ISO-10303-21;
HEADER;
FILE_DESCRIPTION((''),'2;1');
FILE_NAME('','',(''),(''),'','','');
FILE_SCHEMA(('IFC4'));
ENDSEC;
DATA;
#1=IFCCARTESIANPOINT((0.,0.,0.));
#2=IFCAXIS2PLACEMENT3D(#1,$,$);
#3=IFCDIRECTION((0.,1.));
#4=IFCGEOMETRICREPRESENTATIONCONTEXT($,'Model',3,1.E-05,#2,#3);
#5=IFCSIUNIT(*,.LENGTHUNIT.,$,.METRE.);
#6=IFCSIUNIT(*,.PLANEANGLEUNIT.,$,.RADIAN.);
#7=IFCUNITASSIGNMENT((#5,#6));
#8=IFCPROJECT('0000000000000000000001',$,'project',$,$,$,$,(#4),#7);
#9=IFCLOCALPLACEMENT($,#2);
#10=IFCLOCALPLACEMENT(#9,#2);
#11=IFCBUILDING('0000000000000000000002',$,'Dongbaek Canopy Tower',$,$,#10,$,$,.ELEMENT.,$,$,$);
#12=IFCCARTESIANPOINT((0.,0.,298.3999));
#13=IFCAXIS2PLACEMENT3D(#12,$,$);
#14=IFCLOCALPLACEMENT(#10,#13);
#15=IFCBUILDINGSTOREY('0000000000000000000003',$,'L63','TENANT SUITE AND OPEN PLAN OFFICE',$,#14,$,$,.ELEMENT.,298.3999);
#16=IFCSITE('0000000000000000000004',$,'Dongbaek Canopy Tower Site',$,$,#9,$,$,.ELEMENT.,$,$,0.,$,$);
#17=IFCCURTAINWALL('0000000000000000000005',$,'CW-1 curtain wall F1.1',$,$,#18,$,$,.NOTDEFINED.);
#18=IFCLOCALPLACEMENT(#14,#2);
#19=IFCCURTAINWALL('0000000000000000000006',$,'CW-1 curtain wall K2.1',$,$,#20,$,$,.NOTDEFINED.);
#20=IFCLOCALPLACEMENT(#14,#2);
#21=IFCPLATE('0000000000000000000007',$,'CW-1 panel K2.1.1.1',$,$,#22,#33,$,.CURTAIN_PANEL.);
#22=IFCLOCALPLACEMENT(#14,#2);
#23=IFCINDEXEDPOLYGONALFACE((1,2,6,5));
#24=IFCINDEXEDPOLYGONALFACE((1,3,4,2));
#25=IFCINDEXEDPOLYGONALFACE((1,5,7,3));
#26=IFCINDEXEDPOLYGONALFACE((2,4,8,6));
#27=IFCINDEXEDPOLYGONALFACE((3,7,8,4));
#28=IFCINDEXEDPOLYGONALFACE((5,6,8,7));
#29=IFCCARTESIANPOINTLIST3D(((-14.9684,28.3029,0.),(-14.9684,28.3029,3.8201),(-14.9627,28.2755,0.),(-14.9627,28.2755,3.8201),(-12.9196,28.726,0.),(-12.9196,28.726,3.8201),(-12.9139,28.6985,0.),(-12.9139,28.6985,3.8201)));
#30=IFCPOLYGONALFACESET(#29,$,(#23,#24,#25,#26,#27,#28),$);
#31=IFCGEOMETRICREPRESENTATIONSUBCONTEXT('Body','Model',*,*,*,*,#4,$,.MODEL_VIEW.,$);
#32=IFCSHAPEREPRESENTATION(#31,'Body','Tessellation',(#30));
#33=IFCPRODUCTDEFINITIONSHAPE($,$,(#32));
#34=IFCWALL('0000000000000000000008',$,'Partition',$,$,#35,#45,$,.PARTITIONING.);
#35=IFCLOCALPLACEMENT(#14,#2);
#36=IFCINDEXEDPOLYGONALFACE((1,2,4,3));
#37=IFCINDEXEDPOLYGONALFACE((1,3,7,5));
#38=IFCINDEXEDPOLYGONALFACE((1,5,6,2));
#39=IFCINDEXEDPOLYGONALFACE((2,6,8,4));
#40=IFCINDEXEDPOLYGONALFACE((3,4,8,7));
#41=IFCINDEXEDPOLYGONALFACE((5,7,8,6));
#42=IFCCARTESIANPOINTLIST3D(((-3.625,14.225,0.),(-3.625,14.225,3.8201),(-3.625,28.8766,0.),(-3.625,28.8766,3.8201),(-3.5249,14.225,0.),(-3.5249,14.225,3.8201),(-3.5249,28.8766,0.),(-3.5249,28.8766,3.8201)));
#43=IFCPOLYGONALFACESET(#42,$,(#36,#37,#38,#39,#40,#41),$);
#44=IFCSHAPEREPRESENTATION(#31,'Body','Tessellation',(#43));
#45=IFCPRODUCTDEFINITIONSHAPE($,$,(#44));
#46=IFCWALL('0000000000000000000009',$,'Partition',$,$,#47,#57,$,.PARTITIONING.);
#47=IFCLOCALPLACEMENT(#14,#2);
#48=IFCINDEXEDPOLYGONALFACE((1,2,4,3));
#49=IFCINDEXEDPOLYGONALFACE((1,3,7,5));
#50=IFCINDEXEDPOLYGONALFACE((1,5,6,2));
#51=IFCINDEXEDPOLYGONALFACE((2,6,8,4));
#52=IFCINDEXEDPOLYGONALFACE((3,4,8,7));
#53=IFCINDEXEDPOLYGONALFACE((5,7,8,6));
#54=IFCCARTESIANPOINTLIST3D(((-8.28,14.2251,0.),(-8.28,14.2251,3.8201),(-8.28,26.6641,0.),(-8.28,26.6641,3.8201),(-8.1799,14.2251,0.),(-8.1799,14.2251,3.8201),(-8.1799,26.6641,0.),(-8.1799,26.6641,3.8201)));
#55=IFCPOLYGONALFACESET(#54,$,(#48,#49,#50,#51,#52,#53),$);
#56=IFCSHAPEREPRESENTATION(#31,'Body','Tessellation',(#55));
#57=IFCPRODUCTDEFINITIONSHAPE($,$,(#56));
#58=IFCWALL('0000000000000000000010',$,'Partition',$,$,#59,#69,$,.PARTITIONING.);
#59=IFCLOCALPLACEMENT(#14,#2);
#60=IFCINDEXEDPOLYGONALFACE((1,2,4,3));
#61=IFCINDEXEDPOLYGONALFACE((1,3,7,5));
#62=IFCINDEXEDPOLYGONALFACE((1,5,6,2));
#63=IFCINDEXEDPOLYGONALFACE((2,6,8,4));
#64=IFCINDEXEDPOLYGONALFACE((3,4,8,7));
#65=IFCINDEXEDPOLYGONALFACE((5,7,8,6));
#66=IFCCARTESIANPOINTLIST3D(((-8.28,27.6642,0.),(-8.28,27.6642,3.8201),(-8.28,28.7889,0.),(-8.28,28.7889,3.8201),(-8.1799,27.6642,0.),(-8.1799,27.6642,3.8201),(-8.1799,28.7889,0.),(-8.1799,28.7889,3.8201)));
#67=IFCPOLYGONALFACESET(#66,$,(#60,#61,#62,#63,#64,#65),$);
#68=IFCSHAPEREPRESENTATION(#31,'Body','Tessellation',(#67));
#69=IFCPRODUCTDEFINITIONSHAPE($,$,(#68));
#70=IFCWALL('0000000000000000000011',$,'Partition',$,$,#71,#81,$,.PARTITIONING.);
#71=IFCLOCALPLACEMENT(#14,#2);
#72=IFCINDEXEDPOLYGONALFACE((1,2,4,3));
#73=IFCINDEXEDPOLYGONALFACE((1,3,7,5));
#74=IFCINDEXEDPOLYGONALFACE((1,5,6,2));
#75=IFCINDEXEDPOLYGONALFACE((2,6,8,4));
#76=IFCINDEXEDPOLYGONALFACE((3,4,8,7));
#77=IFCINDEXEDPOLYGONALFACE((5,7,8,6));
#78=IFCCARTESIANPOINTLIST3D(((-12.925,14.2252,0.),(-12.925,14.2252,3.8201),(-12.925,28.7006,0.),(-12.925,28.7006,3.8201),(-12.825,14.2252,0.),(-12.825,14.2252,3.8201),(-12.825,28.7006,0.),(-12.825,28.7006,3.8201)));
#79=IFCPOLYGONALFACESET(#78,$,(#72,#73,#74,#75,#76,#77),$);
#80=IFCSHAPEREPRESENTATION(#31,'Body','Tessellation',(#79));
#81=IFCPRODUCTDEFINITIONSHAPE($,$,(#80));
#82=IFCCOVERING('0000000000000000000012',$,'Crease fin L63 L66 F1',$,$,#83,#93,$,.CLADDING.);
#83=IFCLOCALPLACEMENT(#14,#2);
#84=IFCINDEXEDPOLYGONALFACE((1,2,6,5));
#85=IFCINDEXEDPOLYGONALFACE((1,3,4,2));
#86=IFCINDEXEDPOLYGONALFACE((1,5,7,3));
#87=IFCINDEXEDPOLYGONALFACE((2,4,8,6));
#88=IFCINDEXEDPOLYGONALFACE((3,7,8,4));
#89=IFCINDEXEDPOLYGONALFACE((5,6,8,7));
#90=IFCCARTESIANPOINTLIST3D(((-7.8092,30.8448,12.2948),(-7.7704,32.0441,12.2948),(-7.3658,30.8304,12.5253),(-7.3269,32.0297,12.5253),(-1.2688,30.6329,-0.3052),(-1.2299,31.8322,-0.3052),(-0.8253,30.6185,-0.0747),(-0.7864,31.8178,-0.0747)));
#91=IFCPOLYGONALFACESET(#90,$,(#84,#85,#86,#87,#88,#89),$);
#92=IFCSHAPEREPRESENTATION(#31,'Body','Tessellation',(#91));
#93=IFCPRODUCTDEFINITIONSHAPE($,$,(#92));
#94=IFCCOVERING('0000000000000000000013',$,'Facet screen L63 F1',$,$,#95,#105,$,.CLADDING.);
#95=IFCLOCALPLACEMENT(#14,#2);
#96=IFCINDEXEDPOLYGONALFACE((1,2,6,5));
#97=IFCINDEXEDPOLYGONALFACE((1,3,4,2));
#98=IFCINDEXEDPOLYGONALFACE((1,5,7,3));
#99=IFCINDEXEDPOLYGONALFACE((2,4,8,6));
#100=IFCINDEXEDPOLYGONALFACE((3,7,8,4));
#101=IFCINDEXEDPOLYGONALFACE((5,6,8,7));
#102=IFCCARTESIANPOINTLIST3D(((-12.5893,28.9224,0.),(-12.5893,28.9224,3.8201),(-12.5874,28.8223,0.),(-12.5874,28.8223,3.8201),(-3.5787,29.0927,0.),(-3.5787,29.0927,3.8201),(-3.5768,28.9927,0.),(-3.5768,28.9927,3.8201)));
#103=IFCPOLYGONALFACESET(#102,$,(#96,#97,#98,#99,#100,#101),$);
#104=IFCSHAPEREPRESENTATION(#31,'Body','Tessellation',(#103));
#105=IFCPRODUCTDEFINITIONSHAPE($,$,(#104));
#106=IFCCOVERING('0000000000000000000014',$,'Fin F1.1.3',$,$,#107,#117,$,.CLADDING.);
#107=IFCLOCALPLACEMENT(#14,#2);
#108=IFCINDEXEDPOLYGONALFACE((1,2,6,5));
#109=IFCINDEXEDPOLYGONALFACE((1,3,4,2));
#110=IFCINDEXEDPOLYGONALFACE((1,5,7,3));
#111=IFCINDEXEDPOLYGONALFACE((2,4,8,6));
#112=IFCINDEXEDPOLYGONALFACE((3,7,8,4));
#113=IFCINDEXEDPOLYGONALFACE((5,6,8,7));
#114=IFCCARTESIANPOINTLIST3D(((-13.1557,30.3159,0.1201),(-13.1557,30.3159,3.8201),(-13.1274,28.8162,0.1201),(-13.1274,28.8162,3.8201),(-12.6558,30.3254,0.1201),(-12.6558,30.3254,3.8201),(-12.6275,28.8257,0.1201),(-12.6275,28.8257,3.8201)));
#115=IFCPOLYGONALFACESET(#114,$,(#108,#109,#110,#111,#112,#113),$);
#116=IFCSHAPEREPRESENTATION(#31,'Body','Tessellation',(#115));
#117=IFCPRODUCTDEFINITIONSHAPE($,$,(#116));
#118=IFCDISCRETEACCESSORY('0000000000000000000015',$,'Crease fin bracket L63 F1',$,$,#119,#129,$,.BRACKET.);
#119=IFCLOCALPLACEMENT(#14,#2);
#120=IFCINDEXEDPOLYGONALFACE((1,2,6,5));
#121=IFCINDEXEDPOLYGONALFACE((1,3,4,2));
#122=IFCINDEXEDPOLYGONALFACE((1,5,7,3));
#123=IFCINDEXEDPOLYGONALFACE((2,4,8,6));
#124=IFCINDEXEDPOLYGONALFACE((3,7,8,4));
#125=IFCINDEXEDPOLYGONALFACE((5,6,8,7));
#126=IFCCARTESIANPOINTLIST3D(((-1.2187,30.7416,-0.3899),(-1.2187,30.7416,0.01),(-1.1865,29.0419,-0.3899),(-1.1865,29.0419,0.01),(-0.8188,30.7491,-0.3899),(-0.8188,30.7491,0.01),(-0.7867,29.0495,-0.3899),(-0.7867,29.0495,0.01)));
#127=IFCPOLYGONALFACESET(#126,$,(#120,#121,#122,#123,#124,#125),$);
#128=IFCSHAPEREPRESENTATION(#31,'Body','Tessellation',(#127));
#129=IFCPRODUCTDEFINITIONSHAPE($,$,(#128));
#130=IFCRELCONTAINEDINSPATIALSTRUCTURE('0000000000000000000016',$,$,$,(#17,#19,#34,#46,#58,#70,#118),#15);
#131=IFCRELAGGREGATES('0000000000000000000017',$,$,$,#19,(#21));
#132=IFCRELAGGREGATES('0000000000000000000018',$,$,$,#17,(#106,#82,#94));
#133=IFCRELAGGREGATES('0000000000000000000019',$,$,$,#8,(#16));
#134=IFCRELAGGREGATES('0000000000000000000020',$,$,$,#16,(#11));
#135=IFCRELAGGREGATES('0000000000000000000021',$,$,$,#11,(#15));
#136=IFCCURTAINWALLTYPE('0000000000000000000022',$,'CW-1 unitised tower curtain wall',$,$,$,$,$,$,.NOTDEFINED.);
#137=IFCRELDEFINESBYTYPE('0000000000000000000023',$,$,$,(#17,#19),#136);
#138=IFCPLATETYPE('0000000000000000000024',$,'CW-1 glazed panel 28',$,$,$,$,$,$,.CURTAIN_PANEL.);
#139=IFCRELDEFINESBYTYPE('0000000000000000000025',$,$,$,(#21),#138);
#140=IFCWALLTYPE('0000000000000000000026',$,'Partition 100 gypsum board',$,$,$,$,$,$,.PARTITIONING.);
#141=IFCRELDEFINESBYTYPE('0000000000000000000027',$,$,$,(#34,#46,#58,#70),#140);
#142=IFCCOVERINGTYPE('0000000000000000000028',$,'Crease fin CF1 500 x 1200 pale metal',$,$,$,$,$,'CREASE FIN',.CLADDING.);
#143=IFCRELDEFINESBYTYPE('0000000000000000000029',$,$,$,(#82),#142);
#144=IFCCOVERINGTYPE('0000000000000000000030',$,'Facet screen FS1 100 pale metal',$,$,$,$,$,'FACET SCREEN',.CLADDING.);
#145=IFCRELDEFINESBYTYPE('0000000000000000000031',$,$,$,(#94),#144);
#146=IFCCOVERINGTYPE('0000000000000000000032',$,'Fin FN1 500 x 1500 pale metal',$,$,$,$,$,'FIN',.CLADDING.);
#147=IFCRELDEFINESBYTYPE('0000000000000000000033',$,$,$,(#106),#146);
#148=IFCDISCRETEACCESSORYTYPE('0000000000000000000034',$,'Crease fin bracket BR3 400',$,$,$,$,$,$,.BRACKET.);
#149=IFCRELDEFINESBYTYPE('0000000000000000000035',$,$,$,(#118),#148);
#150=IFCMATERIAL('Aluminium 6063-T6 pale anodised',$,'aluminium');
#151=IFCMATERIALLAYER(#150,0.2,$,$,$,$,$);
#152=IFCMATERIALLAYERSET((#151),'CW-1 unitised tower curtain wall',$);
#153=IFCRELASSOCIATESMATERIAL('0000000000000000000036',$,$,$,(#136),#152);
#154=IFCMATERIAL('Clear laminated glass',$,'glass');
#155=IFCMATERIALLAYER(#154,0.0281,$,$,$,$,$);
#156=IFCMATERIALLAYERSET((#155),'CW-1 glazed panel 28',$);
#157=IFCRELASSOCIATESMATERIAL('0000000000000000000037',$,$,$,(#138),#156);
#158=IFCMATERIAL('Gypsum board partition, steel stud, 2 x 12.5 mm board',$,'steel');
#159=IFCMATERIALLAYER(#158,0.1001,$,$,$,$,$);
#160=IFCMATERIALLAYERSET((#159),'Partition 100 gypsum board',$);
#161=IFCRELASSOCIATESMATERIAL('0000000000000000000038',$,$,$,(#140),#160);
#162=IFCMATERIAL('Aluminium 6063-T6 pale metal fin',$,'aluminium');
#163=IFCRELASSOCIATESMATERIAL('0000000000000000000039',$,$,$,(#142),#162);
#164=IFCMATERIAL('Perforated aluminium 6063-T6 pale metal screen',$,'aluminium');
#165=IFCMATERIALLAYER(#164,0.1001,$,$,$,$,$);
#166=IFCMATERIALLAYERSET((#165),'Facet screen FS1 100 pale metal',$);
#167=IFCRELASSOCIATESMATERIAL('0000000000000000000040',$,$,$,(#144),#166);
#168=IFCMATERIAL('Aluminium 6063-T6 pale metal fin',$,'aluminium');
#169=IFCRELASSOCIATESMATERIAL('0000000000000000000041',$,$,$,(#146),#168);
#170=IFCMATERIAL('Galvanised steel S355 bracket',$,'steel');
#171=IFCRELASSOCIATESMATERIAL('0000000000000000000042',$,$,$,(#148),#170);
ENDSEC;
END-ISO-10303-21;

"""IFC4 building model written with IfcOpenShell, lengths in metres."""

from ifc_helpers import new_model, si_unit, direction, frame, frame_2d, origin, origin_2d, place, context, subcontext, project, spatial, rectangle, extrude, material, layer, layer_set, material_profile, profile_set, type_object, element, aggregate, save


model = new_model("IFC4")

# Units and contexts
model_context = context("Model", 3, precision=1e-05, world=origin(), true_north=direction((0.0, 1.0)))
body_context = subcontext(model_context, "Body", "Model", "MODEL_VIEW")
ifc_project = project(units=[si_unit("LENGTHUNIT", "METRE"), si_unit("PLANEANGLEUNIT", "RADIAN")], contexts=[model_context])

# Site, building, storey
site_placement = place(None, origin())
site = spatial("IfcSite", under=ifc_project, at=site_placement, Name="Dongbaek Canopy Tower Site", CompositionType="ELEMENT", RefElevation=0.0)
building_placement = place(site_placement, origin())
building = spatial("IfcBuilding", under=site, at=building_placement, Name="Dongbaek Canopy Tower", CompositionType="ELEMENT")
storey_placement = place(building_placement, frame((0.0, 0.0, 298.3999)))
storey = spatial("IfcBuildingStorey", under=building, at=storey_placement, Name="L63", Description="TENANT SUITE AND OPEN PLAN OFFICE", CompositionType="ELEMENT", Elevation=298.3999)

# Curtain wall
ifc_material_1 = material(Name="Aluminium 6063-T6 pale anodised", Category="aluminium")
ifc_layer_1 = layer(ifc_material_1, 0.2)
ifc_layer_set_1 = layer_set([ifc_layer_1], Name="CW-1 unitised tower curtain wall")
curtain_wall_type = type_object("IfcCurtainWallType", Name="CW-1 unitised tower curtain wall", PredefinedType="NOTDEFINED", material=ifc_layer_set_1)
curtain_wall_1_placement = place(storey_placement, origin())
curtain_wall_1 = element("IfcCurtainWall", 1, at=curtain_wall_1_placement, inside=storey, type_object=curtain_wall_type, Name="CW-1 curtain wall F1.1", PredefinedType="NOTDEFINED")

# Curtain wall
curtain_wall_2_placement = place(storey_placement, origin())
curtain_wall_2 = element("IfcCurtainWall", 2, at=curtain_wall_2_placement, inside=storey, type_object=curtain_wall_type, Name="CW-1 curtain wall K2.1", PredefinedType="NOTDEFINED")

# Plate
ifc_material_2 = material(Name="Clear laminated glass", Category="glass")
ifc_layer_2 = layer(ifc_material_2, 0.0281)
ifc_layer_set_2 = layer_set([ifc_layer_2], Name="CW-1 glazed panel 28")
plate_type = type_object("IfcPlateType", Name="CW-1 glazed panel 28", PredefinedType="CURTAIN_PANEL", material=ifc_layer_set_2)
plate_1_placement = place(storey_placement, frame((-13.9412, 28.5007, 0.0), z_axis=(0.0, 0.0, 1.0), x_axis=(-0.979339, -0.202226, 0.0)))
plate_1 = element("IfcPlate", 3, at=plate_1_placement, type_object=plate_type, Name="CW-1 panel K2.1.1.1", PredefinedType="CURTAIN_PANEL", context=body_context, shape_type="SweptSolid", body=[
    extrude(rectangle(XDim=2.092, YDim=0.0281, at=origin_2d()), origin(), (0.0, 0.0, 1.0), 3.8201),
])
aggregate(curtain_wall_2, [plate_1])

# Walls
ifc_material_3 = material(Name="Gypsum board partition, steel stud, 2 x 12.5 mm board", Category="steel")
ifc_layer_3 = layer(ifc_material_3, 0.1001)
ifc_layer_set_3 = layer_set([ifc_layer_3], Name="Partition 100 gypsum board")
wall_type = type_object("IfcWallType", Name="Partition 100 gypsum board", PredefinedType="PARTITIONING", material=ifc_layer_set_3)
wall_1_placement = place(storey_placement, frame((-3.575, 14.2251, 0.0), z_axis=(0.0, 0.0, 1.0), x_axis=(0.0, 1.0, 0.0)))
element("IfcWall", 4, at=wall_1_placement, inside=storey, type_object=wall_type, Name="Partition", PredefinedType="PARTITIONING", context=body_context, shape_type="SweptSolid", body=[
    extrude(rectangle(XDim=14.6516, YDim=0.1001, at=frame_2d((7.3257, 0.0))), origin(), (0.0, 0.0, 1.0), 3.8201),
])
wall_2_placement = place(storey_placement, frame((-8.23, 14.2251, 0.0), z_axis=(0.0, 0.0, 1.0), x_axis=(0.0, 1.0, 0.0)))
element("IfcWall", 5, at=wall_2_placement, inside=storey, type_object=wall_type, Name="Partition", PredefinedType="PARTITIONING", context=body_context, shape_type="SweptSolid", body=[
    extrude(rectangle(XDim=12.439, YDim=0.1001, at=frame_2d((6.2195, 0.0))), origin(), (0.0, 0.0, 1.0), 3.8201),
])
wall_3_placement = place(storey_placement, frame((-8.23, 27.6641, 0.0), z_axis=(0.0, 0.0, 1.0), x_axis=(0.0, 1.0, 0.0)))
element("IfcWall", 6, at=wall_3_placement, inside=storey, type_object=wall_type, Name="Partition", PredefinedType="PARTITIONING", context=body_context, shape_type="SweptSolid", body=[
    extrude(rectangle(XDim=1.1248, YDim=0.1001, at=frame_2d((0.5625, 0.0))), origin(), (0.0, 0.0, 1.0), 3.8201),
])
wall_4_placement = place(storey_placement, frame((-12.875, 14.2251, 0.0), z_axis=(0.0, 0.0, 1.0), x_axis=(0.0, 1.0, 0.0)))
element("IfcWall", 7, at=wall_4_placement, inside=storey, type_object=wall_type, Name="Partition", PredefinedType="PARTITIONING", context=body_context, shape_type="SweptSolid", body=[
    extrude(rectangle(XDim=14.4753, YDim=0.1001, at=frame_2d((7.2378, 0.0))), origin(), (0.0, 0.0, 1.0), 3.8201),
])

# Coverings
ifc_material_4 = material(Name="Aluminium 6063-T6 pale metal fin", Category="aluminium")
ifc_material_profile_1 = material_profile(ifc_material_4, rectangle(XDim=1.2, YDim=0.5, at=origin_2d()), Name="Crease fin CF1 500 x 1200 pale metal")
ifc_profile_set_1 = profile_set([ifc_material_profile_1], Name="Aluminium 6063-T6 pale metal fin")
covering_type_1 = type_object("IfcCoveringType", Name="Crease fin CF1 500 x 1200 pale metal", ElementType="CREASE FIN", PredefinedType="CLADDING", material=ifc_profile_set_1)
covering_1_placement = place(storey_placement, frame((-1.0276, 31.2253, -0.1899), z_axis=(-0.460662, 0.014926, 0.88745), x_axis=(-0.032383, -0.999476, 0.0)))
covering_1 = element("IfcCovering", 8, at=covering_1_placement, type_object=covering_type_1, Name="Crease fin L63 L66 F1", PredefinedType="CLADDING", context=body_context, shape_type="SweptSolid", body=[
    extrude(rectangle(XDim=1.2, YDim=0.5, at=origin_2d()), origin(), (0.0, 0.0, 1.0), 14.198),
])
ifc_material_5 = material(Name="Perforated aluminium 6063-T6 pale metal screen", Category="aluminium")
ifc_layer_4 = layer(ifc_material_5, 0.1001)
ifc_layer_set_4 = layer_set([ifc_layer_4], Name="Facet screen FS1 100 pale metal")
covering_type_2 = type_object("IfcCoveringType", Name="Facet screen FS1 100 pale metal", ElementType="FACET SCREEN", PredefinedType="CLADDING", material=ifc_layer_set_4)
covering_2_placement = place(storey_placement, frame((-8.083, 28.9575, 0.0), z_axis=(0.0, 0.0, 1.0), x_axis=(-0.999821, -0.018904, 0.0)))
covering_2 = element("IfcCovering", 9, at=covering_2_placement, type_object=covering_type_2, Name="Facet screen L63 F1", PredefinedType="CLADDING", context=body_context, shape_type="SweptSolid", body=[
    extrude(rectangle(XDim=9.0122, YDim=0.1001, at=origin_2d()), origin(), (0.0, 0.0, 1.0), 3.8201),
])
ifc_material_6 = material(Name="Aluminium 6063-T6 pale metal fin", Category="aluminium")
ifc_material_profile_2 = material_profile(ifc_material_6, rectangle(XDim=1.5, YDim=0.5, at=origin_2d()), Name="Fin FN1 500 x 1500 pale metal")
ifc_profile_set_2 = profile_set([ifc_material_profile_2], Name="Aluminium 6063-T6 pale metal fin")
covering_type_3 = type_object("IfcCoveringType", Name="Fin FN1 500 x 1500 pale metal", ElementType="FIN", PredefinedType="CLADDING", material=ifc_profile_set_2)
covering_3_placement = place(storey_placement, frame((-12.8916, 29.5708, 0.1201), z_axis=(0.0, 0.0, 1.0), x_axis=(-0.018905, 0.999821, 0.0)))
covering_3 = element("IfcCovering", 10, at=covering_3_placement, type_object=covering_type_3, Name="Fin F1.1.3", PredefinedType="CLADDING", context=body_context, shape_type="SweptSolid", body=[
    extrude(rectangle(XDim=1.5, YDim=0.5, at=origin_2d()), origin(), (0.0, 0.0, 1.0), 3.7),
])
aggregate(curtain_wall_1, [covering_3, covering_1, covering_2])

# Discrete accessory
ifc_material_7 = material(Name="Galvanised steel S355 bracket", Category="steel")
discrete_accessory_type = type_object("IfcDiscreteAccessoryType", Name="Crease fin bracket BR3 400", PredefinedType="BRACKET", material=ifc_material_7)
discrete_accessory_placement = place(storey_placement, frame((-1.0027, 29.8955, -0.3899), z_axis=(0.0, 0.0, 1.0), x_axis=(-0.018904, 0.999821, 0.0)))
element("IfcDiscreteAccessory", 11, at=discrete_accessory_placement, inside=storey, type_object=discrete_accessory_type, Name="Crease fin bracket L63 F1", PredefinedType="BRACKET", context=body_context, shape_type="SweptSolid", body=[
    extrude(rectangle(XDim=1.7, YDim=0.3999, at=origin_2d()), origin(), (0.0, 0.0, 1.0), 0.3999),
])

save(model, "model.ifc")
